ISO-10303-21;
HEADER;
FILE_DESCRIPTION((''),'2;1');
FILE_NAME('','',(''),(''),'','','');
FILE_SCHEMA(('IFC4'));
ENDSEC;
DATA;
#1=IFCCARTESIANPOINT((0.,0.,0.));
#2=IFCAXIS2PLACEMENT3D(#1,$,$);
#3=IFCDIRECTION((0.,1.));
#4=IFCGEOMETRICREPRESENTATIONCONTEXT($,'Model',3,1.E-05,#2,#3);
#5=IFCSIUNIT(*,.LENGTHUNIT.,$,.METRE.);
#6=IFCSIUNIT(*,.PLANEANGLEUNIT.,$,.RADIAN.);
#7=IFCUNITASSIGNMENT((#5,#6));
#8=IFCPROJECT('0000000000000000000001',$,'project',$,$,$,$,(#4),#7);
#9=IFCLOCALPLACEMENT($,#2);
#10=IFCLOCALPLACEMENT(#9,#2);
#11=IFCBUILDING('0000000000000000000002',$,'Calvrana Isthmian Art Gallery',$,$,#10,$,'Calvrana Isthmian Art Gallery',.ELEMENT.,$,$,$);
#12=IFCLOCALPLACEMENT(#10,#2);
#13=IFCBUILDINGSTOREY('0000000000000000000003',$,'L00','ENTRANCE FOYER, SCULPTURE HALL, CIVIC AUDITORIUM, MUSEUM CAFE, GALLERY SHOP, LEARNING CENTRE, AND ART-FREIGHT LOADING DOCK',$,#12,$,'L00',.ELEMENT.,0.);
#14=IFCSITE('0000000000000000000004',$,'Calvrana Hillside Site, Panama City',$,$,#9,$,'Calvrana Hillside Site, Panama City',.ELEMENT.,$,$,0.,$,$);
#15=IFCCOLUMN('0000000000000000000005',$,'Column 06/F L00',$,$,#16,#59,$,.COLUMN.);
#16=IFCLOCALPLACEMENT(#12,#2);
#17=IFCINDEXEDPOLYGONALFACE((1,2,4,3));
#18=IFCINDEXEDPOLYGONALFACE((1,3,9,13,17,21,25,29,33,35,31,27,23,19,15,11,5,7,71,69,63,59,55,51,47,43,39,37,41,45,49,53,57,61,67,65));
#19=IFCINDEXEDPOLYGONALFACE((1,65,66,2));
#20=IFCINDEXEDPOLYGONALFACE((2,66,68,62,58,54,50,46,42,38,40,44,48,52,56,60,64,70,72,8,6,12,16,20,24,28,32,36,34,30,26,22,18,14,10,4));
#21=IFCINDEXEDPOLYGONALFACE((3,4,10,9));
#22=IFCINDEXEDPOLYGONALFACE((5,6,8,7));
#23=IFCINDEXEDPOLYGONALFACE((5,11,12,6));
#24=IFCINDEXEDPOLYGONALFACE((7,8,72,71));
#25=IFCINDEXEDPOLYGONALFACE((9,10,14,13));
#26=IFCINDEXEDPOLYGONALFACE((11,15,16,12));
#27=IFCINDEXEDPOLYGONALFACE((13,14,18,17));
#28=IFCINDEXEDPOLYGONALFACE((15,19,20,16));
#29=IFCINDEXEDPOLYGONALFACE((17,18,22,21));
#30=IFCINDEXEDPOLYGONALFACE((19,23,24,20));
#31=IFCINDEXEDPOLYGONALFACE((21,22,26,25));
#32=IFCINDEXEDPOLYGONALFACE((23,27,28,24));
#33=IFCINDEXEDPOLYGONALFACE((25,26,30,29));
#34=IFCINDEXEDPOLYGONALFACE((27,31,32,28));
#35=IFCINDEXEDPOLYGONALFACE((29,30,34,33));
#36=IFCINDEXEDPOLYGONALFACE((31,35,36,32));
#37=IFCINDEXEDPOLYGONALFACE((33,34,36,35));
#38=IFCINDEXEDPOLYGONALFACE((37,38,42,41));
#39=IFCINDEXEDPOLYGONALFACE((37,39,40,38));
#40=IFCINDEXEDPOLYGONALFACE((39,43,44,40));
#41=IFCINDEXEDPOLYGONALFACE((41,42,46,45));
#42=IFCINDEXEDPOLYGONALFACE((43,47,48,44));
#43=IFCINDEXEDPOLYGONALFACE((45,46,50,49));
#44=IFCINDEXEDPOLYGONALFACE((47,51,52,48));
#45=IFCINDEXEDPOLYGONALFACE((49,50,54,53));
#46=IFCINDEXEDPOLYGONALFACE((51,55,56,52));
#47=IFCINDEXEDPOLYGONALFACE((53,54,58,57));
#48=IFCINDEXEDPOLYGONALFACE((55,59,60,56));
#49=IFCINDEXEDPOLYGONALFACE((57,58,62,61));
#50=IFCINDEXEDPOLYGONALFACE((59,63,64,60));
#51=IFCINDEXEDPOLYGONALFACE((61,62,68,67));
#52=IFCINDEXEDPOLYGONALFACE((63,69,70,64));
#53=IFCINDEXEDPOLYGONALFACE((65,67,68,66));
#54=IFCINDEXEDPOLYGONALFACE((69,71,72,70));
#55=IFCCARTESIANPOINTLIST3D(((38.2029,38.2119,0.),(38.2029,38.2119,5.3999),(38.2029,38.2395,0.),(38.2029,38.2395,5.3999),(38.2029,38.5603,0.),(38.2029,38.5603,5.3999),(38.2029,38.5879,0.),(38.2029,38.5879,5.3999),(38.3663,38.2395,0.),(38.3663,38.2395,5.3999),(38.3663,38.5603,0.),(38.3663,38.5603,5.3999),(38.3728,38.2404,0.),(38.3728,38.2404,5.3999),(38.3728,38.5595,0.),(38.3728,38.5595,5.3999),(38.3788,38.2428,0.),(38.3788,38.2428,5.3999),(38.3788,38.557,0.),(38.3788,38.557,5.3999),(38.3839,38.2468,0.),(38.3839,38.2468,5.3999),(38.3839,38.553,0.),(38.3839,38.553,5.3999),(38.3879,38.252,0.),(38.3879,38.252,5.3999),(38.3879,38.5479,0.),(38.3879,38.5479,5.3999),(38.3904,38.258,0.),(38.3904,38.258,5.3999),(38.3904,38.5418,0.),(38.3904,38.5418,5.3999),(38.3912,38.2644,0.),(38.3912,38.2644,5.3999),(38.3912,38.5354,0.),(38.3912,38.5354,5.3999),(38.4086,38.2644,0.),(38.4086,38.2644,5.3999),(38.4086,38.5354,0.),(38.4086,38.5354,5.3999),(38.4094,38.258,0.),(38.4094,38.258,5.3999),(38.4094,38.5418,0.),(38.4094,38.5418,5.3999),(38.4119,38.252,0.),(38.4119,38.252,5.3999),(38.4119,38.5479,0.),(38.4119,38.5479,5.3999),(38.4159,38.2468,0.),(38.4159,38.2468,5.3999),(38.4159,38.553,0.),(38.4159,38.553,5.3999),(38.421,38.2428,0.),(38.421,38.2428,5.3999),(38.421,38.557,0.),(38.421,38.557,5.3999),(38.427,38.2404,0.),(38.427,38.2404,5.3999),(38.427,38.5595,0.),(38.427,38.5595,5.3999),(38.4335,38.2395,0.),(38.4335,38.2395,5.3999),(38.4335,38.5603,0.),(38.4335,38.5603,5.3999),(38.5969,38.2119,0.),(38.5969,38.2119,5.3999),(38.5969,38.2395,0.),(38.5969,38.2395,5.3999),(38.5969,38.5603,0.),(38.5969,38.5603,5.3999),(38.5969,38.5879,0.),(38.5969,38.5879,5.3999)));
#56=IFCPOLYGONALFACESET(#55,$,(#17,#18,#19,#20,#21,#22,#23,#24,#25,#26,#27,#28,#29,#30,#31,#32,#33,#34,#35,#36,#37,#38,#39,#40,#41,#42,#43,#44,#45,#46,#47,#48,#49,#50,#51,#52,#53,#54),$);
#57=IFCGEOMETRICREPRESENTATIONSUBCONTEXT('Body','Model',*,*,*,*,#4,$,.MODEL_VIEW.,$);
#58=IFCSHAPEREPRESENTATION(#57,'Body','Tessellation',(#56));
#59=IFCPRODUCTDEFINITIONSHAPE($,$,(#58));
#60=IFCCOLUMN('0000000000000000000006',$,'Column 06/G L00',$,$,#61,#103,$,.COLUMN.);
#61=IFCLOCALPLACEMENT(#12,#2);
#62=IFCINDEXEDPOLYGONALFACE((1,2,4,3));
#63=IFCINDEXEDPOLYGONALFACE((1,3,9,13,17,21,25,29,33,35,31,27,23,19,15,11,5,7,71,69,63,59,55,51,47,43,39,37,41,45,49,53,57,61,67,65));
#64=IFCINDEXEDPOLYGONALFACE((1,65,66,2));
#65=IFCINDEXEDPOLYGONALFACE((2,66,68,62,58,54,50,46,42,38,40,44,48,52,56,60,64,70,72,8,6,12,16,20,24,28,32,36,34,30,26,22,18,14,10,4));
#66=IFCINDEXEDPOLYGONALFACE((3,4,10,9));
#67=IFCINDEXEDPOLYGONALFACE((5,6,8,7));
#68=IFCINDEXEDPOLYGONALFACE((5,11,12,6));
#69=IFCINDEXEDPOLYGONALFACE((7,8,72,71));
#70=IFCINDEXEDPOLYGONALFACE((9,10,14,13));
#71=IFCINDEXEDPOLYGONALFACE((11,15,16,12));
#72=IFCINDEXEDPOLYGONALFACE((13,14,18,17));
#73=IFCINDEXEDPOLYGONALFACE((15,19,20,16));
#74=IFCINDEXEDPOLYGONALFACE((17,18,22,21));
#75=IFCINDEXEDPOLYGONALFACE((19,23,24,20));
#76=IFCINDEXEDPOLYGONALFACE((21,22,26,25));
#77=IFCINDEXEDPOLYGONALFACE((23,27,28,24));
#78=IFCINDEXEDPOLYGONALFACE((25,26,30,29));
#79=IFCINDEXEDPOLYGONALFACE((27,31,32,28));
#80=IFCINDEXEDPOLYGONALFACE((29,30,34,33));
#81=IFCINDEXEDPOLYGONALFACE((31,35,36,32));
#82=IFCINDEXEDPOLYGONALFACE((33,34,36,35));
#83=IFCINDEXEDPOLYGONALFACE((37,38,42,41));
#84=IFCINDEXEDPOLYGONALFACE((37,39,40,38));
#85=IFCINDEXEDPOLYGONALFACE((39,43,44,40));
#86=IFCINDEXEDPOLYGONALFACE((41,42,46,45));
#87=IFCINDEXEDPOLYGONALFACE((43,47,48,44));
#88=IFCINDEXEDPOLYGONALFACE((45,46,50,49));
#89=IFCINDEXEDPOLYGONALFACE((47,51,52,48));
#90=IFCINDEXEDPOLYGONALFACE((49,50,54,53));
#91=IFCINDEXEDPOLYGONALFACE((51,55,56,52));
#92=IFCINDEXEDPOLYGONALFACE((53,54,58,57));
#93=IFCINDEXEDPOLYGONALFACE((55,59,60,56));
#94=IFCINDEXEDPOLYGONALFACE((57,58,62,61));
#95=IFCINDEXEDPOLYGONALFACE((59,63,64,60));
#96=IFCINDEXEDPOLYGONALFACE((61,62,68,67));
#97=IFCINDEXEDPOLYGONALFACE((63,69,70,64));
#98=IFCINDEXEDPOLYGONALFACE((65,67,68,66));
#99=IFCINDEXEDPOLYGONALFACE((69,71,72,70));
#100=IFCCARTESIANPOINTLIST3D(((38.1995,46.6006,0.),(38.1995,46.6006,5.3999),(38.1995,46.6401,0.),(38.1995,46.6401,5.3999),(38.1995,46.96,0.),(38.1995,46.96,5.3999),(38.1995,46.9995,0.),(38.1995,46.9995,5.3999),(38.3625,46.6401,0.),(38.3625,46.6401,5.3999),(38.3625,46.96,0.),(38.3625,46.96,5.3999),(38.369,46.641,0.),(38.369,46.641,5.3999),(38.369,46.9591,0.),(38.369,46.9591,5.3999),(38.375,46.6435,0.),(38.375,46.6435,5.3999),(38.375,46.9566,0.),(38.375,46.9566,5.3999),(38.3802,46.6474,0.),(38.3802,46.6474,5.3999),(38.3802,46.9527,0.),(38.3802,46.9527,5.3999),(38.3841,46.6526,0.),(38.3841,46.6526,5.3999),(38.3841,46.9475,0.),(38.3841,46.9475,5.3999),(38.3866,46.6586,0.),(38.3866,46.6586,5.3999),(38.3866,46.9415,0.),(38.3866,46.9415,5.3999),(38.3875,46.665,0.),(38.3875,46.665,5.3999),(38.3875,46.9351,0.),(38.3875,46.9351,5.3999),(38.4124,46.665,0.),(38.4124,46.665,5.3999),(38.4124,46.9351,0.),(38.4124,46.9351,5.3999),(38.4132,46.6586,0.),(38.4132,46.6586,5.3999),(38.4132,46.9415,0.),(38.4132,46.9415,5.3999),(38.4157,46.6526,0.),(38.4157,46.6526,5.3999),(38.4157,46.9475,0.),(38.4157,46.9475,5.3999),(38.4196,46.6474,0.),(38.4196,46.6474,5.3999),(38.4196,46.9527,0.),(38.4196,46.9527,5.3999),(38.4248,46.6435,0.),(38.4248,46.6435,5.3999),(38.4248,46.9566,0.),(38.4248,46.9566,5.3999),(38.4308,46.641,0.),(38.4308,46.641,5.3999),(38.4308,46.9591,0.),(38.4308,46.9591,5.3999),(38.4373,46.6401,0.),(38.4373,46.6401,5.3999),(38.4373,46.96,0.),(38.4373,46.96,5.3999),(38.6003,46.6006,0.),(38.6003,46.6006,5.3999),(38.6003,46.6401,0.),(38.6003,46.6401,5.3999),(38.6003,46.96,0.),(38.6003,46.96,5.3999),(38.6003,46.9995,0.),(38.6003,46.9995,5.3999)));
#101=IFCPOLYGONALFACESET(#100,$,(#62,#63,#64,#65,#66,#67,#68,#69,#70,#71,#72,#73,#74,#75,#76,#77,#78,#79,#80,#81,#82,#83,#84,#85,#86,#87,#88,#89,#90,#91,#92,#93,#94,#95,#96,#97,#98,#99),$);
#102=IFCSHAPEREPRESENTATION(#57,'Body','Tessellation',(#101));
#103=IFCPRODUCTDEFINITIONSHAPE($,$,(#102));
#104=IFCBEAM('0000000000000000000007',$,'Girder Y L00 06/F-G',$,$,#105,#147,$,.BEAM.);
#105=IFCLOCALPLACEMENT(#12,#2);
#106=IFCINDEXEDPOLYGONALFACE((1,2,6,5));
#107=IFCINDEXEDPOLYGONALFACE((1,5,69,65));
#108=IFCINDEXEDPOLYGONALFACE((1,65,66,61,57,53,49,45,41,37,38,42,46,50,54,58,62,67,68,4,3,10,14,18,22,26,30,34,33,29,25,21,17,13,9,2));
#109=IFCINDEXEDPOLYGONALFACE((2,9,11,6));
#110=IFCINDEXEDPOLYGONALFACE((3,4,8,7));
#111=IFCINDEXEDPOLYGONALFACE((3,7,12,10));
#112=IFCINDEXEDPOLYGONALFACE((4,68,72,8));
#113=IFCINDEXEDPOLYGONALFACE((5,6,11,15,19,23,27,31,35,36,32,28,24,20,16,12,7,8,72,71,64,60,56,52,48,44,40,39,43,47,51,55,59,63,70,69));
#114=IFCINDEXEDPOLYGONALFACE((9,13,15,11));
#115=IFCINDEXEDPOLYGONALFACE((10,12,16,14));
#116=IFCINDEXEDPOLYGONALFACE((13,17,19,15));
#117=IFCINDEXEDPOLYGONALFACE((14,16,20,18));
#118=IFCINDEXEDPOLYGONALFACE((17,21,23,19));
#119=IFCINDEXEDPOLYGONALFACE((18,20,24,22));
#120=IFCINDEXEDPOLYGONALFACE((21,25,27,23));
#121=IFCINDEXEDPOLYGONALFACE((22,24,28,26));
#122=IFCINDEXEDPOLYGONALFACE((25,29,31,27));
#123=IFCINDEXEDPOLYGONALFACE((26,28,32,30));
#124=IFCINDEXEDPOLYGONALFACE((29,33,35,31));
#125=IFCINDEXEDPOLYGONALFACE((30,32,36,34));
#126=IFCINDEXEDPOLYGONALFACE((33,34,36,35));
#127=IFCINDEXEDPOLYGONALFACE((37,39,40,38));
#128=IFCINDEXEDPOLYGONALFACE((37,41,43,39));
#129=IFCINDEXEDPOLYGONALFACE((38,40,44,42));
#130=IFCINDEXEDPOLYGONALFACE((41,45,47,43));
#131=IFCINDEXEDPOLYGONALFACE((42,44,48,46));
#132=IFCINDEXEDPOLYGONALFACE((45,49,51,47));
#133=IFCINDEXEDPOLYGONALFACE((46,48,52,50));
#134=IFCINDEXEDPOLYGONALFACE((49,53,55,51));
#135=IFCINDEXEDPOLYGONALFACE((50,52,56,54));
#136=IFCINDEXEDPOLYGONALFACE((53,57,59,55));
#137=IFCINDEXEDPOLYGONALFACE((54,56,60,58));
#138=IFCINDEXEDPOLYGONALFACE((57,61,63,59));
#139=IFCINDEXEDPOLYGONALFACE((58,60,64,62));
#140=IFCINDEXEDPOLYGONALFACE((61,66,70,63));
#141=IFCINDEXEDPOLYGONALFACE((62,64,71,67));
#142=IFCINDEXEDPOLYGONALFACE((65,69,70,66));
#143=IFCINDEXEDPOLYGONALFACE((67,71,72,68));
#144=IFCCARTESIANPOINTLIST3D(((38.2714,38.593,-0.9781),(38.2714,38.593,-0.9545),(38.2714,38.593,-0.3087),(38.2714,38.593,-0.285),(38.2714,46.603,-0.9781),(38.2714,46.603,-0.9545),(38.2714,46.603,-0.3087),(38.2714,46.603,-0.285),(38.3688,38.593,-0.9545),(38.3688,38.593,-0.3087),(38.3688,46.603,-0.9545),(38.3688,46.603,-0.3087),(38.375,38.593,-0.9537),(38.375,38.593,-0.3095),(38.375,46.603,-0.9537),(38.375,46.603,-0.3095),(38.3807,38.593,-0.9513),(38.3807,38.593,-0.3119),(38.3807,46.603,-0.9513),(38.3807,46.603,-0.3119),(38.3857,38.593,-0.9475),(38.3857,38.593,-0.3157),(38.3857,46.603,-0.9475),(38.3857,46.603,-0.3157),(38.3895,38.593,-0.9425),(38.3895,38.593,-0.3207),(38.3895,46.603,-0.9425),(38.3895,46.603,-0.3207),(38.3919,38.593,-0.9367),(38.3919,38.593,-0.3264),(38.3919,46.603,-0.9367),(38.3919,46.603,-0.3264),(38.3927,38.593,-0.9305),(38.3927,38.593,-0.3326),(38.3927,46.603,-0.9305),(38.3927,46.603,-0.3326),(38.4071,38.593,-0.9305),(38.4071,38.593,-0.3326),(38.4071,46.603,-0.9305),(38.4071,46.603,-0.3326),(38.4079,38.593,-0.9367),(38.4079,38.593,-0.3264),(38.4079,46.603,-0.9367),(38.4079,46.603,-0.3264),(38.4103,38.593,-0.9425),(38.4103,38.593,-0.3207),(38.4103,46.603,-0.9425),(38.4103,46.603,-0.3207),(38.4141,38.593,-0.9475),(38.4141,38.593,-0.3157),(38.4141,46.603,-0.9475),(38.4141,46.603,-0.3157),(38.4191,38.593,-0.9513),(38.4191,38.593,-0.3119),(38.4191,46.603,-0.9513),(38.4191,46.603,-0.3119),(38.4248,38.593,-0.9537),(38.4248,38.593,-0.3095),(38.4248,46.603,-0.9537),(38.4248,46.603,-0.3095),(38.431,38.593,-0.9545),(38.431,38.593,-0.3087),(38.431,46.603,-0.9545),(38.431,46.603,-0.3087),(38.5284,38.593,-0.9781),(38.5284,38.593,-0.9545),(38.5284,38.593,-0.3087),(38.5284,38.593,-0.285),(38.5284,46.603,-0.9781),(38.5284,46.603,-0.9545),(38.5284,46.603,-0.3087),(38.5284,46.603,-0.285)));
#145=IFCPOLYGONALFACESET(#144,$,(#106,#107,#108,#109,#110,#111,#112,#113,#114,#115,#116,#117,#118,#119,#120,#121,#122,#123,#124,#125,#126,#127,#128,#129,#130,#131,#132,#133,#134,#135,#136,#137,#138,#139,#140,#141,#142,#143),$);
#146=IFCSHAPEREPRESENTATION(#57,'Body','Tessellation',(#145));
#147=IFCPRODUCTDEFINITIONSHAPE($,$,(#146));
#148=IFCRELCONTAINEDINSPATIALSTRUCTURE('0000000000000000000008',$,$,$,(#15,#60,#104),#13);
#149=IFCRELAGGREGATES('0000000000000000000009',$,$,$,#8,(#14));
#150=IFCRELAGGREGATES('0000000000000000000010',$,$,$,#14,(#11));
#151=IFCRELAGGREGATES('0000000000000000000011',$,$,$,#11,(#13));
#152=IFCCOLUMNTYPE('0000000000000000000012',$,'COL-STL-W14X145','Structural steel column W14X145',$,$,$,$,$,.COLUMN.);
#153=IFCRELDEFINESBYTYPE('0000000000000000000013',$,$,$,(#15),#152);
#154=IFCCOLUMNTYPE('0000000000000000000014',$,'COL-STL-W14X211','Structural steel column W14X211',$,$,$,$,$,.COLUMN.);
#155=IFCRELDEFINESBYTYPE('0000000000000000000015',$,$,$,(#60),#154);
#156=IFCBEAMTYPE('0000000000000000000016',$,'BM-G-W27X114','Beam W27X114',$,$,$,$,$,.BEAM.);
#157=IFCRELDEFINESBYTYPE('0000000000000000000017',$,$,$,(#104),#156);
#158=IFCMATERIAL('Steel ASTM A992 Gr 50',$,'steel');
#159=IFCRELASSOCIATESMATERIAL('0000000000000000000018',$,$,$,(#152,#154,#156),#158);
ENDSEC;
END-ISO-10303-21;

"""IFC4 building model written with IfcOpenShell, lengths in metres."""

from ifc_helpers import new_model, si_unit, direction, frame, origin, origin_2d, place, context, subcontext, project, spatial, i_section, extrude, material, material_profile, profile_set, type_object, element, save


model = new_model("IFC4")

# Units and contexts
model_context = context("Model", 3, precision=1e-05, world=origin(), true_north=direction((0.0, 1.0)))
body_context = subcontext(model_context, "Body", "Model", "MODEL_VIEW")
ifc_project = project(units=[si_unit("LENGTHUNIT", "METRE"), si_unit("PLANEANGLEUNIT", "RADIAN")], contexts=[model_context])

# Site, building, storey
site_placement = place(None, origin())
site = spatial("IfcSite", under=ifc_project, at=site_placement, Name="Calvrana Hillside Site, Panama City", LongName="Calvrana Hillside Site, Panama City", CompositionType="ELEMENT", RefElevation=0.0)
building_placement = place(site_placement, origin())
building = spatial("IfcBuilding", under=site, at=building_placement, Name="Calvrana Isthmian Art Gallery", LongName="Calvrana Isthmian Art Gallery", CompositionType="ELEMENT")
storey_placement = place(building_placement, origin())
storey = spatial("IfcBuildingStorey", under=building, at=storey_placement, Name="L00", Description="ENTRANCE FOYER, SCULPTURE HALL, CIVIC AUDITORIUM, MUSEUM CAFE, GALLERY SHOP, LEARNING CENTRE, AND ART-FREIGHT LOADING DOCK", LongName="L00", CompositionType="ELEMENT", Elevation=0.0)

# Columns
ifc_material_1 = material(Name="Steel ASTM A992 Gr 50", Category="steel")
ifc_material_profile_1 = material_profile(ifc_material_1, i_section(OverallWidth=0.394, OverallDepth=0.376, WebThickness=0.0173, FlangeThickness=0.0276, FilletRadius=0.0249, at=origin_2d()), Name="W14X145")
ifc_profile_set_1 = profile_set([ifc_material_profile_1], Name="Steel ASTM A992 Gr 50")
column_type_1 = type_object("IfcColumnType", Name="COL-STL-W14X145", Description="Structural steel column W14X145", PredefinedType="COLUMN", material=ifc_profile_set_1)
column_1_placement = place(storey_placement, frame((38.3999, 38.3999, 0.0), z_axis=(0.0, 0.0, 1.0), x_axis=(1.0, 0.0, 0.0)))
element("IfcColumn", 1, at=column_1_placement, inside=storey, type_object=column_type_1, Name="Column 06/F L00", PredefinedType="COLUMN", context=body_context, shape_type="SweptSolid", body=[
    extrude(i_section(OverallWidth=0.394, OverallDepth=0.376, WebThickness=0.0173, FlangeThickness=0.0276, FilletRadius=0.0249, at=origin_2d()), origin(), (0.0, 0.0, 1.0), 5.3999),
])
ifc_material_profile_2 = material_profile(ifc_material_1, i_section(OverallWidth=0.4009, OverallDepth=0.3989, WebThickness=0.0249, FlangeThickness=0.0396, FilletRadius=0.0249, at=origin_2d()), Name="W14X211")
ifc_profile_set_2 = profile_set([ifc_material_profile_2], Name="Steel ASTM A992 Gr 50")
column_type_2 = type_object("IfcColumnType", Name="COL-STL-W14X211", Description="Structural steel column W14X211", PredefinedType="COLUMN", material=ifc_profile_set_2)
column_2_placement = place(storey_placement, frame((38.3999, 46.8, 0.0), z_axis=(0.0, 0.0, 1.0), x_axis=(1.0, 0.0, 0.0)))
element("IfcColumn", 2, at=column_2_placement, inside=storey, type_object=column_type_2, Name="Column 06/G L00", PredefinedType="COLUMN", context=body_context, shape_type="SweptSolid", body=[
    extrude(i_section(OverallWidth=0.4009, OverallDepth=0.3989, WebThickness=0.0249, FlangeThickness=0.0396, FilletRadius=0.0249, at=origin_2d()), origin(), (0.0, 0.0, 1.0), 5.3999),
])

# Beam
ifc_material_profile_3 = material_profile(ifc_material_1, i_section(OverallWidth=0.2571, OverallDepth=0.6931, WebThickness=0.0144, FlangeThickness=0.0237, FilletRadius=0.0239, at=origin_2d()), Name="W27X114")
ifc_profile_set_3 = profile_set([ifc_material_profile_3], Name="Steel ASTM A992 Gr 50")
beam_type_1 = type_object("IfcBeamType", Name="BM-G-W27X114", Description="Beam W27X114", PredefinedType="BEAM", material=ifc_profile_set_3)
beam_1_placement = place(storey_placement, frame((38.3999, 38.593, -0.6316), z_axis=(0.0, 1.0, 0.0), x_axis=(-1.0, 0.0, 0.0)))
element("IfcBeam", 3, at=beam_1_placement, inside=storey, type_object=beam_type_1, Name="Girder Y L00 06/F-G", PredefinedType="BEAM", context=body_context, shape_type="SweptSolid", body=[
    extrude(i_section(OverallWidth=0.2571, OverallDepth=0.6931, WebThickness=0.0144, FlangeThickness=0.0237, FilletRadius=0.0239, at=origin_2d()), origin(), (0.0, 0.0, 1.0), 8.01),
])

save(model, "model.ifc")
